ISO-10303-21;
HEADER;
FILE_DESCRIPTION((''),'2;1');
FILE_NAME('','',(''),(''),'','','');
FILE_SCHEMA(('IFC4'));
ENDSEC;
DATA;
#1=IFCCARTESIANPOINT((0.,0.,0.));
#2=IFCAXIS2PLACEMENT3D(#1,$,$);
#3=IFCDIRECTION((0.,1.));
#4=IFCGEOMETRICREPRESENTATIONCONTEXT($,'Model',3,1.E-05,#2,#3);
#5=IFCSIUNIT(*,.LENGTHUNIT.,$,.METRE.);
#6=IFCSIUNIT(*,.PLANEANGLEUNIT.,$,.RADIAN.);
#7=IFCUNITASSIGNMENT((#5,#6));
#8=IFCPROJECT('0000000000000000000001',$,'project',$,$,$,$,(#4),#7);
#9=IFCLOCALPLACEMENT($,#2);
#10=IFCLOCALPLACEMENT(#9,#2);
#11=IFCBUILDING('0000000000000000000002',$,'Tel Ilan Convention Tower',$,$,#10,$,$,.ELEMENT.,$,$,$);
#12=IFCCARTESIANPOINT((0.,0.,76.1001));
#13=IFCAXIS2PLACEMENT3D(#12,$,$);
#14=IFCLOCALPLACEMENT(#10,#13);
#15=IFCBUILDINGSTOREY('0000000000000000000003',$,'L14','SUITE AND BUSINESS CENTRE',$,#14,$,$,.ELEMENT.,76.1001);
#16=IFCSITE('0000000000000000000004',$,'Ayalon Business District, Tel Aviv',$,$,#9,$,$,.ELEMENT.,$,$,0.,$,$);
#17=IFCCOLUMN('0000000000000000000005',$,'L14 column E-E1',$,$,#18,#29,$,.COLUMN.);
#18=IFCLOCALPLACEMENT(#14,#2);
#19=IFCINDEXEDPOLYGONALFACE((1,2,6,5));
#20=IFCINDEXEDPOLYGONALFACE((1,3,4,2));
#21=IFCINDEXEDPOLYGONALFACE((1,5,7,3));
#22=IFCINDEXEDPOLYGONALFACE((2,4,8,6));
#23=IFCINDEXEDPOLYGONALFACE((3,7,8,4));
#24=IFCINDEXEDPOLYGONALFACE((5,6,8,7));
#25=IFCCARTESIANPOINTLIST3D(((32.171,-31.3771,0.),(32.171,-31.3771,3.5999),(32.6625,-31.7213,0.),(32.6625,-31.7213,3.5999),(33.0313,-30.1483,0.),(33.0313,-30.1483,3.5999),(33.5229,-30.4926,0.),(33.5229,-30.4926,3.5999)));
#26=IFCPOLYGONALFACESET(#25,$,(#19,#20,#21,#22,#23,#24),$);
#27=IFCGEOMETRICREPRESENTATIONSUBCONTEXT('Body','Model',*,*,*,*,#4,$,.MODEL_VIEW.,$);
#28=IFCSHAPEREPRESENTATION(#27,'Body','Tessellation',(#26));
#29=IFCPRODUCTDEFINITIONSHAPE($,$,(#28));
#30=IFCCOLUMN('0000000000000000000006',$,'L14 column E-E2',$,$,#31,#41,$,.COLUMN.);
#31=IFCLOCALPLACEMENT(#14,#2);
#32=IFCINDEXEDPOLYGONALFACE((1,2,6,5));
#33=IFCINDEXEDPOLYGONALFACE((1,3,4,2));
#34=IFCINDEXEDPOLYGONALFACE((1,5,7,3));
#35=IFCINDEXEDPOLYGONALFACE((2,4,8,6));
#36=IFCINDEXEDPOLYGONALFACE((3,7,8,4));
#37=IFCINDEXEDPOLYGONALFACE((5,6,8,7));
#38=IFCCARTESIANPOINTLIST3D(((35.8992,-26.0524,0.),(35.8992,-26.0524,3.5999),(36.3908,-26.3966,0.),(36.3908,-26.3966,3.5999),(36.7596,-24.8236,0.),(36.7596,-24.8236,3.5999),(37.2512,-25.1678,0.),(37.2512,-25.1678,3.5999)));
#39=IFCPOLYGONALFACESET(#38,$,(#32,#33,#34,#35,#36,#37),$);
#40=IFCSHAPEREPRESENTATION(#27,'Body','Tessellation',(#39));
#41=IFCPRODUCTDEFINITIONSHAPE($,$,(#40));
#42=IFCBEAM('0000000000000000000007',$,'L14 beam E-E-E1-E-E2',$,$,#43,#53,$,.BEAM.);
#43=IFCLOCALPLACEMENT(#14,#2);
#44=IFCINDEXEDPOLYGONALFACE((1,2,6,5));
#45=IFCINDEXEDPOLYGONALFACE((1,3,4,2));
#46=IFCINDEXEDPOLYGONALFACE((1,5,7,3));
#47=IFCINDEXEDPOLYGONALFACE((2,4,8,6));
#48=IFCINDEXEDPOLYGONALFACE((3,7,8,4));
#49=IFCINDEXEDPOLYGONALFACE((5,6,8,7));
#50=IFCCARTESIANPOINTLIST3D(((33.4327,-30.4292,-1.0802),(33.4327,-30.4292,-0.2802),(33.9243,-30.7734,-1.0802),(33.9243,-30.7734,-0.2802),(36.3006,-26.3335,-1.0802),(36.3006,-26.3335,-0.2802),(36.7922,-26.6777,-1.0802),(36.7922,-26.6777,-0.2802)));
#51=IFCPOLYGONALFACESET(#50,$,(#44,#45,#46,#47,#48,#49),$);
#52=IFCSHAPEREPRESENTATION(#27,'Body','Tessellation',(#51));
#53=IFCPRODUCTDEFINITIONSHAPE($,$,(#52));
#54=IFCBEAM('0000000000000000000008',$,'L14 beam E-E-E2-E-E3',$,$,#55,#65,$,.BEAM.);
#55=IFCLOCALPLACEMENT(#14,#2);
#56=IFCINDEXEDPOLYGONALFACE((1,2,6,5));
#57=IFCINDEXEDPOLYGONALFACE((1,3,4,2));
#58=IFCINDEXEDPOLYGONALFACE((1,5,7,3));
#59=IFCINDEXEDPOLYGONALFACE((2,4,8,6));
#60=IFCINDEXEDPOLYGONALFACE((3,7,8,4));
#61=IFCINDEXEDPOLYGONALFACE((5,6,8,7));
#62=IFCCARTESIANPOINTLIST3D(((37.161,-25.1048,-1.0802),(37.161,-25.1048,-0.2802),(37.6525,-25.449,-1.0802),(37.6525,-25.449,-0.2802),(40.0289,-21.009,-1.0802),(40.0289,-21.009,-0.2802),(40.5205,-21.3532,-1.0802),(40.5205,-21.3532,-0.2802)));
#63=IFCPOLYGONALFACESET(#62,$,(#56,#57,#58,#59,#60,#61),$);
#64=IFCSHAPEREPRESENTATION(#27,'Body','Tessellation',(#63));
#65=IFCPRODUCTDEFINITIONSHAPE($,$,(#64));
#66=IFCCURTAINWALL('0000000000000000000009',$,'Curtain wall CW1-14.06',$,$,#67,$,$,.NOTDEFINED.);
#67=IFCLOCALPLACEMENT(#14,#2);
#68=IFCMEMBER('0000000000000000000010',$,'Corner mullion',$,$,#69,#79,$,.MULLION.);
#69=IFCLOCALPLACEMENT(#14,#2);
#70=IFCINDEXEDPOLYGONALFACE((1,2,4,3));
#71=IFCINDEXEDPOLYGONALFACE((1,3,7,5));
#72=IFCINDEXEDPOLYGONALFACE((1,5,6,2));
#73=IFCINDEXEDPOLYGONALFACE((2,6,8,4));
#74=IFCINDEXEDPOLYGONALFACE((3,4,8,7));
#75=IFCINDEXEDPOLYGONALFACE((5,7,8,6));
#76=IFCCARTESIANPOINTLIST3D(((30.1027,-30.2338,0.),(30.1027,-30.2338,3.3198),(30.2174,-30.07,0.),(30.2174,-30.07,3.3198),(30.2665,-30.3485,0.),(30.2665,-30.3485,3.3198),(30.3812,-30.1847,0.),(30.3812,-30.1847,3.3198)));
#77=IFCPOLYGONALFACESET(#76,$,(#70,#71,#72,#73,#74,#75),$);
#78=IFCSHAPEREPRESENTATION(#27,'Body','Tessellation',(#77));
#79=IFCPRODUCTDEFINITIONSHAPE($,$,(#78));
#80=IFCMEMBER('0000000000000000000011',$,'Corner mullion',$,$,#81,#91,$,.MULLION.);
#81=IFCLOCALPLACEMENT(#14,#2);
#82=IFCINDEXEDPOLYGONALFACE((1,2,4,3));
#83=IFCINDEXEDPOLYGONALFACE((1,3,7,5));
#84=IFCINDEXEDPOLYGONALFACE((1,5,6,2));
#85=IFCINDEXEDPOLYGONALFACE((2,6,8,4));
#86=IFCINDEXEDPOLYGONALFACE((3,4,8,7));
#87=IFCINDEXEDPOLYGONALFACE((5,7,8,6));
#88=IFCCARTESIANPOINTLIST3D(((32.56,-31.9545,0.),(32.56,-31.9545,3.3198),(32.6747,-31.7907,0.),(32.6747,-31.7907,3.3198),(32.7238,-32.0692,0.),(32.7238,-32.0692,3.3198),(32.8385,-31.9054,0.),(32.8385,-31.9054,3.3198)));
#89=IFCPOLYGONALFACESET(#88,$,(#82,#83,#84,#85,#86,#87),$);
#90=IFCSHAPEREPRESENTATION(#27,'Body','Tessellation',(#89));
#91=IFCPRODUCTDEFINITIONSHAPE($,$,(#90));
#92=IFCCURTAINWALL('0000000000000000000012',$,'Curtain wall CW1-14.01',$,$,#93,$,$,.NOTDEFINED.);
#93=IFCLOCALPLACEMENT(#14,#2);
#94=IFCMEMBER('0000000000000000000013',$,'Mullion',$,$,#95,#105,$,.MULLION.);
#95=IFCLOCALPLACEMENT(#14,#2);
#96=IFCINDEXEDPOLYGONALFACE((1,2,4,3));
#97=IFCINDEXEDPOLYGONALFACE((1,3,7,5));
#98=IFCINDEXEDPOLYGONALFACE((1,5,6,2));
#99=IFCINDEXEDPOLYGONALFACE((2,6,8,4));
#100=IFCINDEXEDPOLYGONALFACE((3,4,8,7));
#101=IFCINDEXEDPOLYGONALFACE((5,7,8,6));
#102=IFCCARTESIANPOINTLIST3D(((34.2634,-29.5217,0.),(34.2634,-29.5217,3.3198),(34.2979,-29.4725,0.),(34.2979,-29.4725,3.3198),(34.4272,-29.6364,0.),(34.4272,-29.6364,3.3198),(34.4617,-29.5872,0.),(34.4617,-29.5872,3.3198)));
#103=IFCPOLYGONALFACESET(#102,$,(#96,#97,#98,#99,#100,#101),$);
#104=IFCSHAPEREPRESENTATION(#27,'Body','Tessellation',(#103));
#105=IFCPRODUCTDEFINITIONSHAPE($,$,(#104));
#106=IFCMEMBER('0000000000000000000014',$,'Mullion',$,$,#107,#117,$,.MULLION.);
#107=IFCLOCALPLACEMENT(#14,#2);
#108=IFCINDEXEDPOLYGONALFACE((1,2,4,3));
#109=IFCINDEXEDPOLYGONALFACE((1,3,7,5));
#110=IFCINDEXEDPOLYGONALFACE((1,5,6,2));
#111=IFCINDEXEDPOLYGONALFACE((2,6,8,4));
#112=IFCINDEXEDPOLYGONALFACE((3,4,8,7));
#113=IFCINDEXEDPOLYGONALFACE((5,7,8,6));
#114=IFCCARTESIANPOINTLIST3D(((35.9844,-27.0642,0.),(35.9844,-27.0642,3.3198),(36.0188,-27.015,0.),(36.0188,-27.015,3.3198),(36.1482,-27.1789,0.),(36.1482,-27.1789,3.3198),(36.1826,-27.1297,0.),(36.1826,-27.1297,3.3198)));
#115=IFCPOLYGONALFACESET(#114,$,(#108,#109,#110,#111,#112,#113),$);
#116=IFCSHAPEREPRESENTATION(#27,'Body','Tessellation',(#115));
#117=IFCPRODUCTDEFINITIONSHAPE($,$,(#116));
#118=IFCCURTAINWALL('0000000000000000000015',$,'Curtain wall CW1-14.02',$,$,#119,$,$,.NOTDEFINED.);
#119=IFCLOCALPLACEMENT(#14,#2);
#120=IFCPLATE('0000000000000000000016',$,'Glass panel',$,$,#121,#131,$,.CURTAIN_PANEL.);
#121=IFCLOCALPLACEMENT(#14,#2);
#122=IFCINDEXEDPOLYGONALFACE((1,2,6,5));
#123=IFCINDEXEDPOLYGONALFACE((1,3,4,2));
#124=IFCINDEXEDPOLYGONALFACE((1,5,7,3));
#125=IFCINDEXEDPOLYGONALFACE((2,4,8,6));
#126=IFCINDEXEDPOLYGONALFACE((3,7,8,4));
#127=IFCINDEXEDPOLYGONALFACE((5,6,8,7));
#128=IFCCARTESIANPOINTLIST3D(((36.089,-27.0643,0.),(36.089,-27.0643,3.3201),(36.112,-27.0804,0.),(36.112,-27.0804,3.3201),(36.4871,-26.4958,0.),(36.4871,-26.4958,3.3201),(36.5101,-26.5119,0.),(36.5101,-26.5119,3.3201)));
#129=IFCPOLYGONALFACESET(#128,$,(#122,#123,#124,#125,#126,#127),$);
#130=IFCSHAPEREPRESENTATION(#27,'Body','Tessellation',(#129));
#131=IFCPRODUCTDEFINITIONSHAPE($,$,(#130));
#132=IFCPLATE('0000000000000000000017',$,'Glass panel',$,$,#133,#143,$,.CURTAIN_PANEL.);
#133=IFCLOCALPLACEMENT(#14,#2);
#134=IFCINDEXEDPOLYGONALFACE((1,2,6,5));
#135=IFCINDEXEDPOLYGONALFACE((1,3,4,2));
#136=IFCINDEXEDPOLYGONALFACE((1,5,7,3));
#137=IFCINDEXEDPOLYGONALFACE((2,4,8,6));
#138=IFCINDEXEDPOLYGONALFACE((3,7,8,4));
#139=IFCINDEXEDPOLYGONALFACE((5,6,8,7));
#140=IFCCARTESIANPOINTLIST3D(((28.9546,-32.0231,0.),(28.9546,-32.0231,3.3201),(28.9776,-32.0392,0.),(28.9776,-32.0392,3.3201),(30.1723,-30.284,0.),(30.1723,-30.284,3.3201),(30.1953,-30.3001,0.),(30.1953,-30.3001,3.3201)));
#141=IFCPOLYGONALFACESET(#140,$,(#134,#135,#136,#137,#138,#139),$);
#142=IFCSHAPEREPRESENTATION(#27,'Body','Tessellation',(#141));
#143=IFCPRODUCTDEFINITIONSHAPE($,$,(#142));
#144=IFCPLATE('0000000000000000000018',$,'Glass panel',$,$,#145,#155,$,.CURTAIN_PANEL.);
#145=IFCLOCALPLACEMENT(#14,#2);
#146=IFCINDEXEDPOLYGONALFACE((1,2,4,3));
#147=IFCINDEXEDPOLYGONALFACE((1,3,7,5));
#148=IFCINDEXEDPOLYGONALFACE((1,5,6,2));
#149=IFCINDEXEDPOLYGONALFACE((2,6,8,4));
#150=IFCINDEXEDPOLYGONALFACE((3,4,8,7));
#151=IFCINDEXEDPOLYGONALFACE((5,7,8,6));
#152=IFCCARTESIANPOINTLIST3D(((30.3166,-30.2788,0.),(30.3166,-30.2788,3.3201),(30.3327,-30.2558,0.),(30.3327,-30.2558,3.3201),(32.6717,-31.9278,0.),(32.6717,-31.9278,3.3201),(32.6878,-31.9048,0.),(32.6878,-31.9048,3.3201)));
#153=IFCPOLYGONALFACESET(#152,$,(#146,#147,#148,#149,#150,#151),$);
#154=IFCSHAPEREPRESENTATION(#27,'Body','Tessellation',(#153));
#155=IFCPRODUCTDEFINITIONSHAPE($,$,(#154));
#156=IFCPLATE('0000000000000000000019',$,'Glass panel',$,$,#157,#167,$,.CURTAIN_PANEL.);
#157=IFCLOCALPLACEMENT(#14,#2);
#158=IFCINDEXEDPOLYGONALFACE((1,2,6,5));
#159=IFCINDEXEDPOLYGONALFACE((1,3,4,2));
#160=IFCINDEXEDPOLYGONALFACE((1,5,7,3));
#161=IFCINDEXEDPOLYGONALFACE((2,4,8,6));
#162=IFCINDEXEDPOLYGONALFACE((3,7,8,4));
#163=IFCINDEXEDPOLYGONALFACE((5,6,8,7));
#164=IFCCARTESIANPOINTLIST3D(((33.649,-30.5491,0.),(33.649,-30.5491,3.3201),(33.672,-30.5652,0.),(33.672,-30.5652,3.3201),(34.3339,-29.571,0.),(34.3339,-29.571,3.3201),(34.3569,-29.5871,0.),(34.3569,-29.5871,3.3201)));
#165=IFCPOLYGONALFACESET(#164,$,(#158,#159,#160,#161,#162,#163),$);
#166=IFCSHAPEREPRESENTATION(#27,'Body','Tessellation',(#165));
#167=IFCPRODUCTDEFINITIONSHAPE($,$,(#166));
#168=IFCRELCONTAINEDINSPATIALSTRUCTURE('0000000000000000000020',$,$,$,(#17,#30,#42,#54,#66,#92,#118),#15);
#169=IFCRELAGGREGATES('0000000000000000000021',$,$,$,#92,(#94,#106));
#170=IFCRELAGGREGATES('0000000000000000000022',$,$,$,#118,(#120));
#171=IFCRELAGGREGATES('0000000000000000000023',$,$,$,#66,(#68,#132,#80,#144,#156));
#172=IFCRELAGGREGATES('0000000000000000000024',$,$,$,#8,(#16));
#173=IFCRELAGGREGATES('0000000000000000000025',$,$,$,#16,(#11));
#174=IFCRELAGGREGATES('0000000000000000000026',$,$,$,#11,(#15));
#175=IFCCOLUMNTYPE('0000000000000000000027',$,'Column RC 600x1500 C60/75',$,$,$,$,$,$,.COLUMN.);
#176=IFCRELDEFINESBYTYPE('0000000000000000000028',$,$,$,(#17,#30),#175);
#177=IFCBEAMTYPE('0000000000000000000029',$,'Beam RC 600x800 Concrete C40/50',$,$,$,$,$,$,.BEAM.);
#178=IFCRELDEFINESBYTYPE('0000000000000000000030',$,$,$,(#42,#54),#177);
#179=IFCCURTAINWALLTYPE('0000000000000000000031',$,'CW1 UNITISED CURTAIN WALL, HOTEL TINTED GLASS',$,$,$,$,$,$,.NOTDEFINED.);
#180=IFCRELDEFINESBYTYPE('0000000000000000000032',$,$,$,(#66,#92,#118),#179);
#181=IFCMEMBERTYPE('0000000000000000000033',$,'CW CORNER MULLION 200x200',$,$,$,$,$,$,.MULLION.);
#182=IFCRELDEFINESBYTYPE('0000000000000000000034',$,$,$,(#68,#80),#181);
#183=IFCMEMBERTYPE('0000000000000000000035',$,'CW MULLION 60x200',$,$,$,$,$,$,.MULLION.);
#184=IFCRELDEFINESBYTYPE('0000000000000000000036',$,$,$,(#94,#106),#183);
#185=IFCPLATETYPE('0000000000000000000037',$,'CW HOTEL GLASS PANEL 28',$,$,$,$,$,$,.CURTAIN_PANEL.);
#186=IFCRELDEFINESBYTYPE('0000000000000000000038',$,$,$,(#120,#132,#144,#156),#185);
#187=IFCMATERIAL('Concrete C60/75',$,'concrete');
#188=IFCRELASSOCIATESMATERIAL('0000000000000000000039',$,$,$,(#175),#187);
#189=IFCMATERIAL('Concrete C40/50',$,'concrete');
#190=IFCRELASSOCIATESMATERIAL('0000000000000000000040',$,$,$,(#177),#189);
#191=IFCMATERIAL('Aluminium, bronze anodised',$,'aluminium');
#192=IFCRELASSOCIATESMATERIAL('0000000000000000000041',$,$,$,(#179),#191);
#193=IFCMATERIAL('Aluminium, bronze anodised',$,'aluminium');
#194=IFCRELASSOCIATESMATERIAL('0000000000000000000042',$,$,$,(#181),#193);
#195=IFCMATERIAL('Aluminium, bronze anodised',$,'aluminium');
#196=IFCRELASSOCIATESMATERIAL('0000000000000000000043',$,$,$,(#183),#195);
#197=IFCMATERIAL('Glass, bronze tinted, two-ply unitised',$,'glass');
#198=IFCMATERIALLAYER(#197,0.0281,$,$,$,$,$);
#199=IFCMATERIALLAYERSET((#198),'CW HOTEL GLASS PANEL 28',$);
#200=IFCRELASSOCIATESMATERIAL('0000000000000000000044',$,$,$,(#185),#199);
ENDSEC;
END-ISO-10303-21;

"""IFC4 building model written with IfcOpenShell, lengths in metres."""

from ifc_helpers import new_model, si_unit, direction, frame, origin, origin_2d, place, context, subcontext, project, spatial, rectangle, extrude, material, layer, layer_set, material_profile, profile_set, type_object, element, aggregate, save


model = new_model("IFC4")

# Units and contexts
model_context = context("Model", 3, precision=1e-05, world=origin(), true_north=direction((0.0, 1.0)))
body_context = subcontext(model_context, "Body", "Model", "MODEL_VIEW")
ifc_project = project(units=[si_unit("LENGTHUNIT", "METRE"), si_unit("PLANEANGLEUNIT", "RADIAN")], contexts=[model_context])

# Site, building, storey
site_placement = place(None, origin())
site = spatial("IfcSite", under=ifc_project, at=site_placement, Name="Ayalon Business District, Tel Aviv", CompositionType="ELEMENT", RefElevation=0.0)
building_placement = place(site_placement, origin())
building = spatial("IfcBuilding", under=site, at=building_placement, Name="Tel Ilan Convention Tower", CompositionType="ELEMENT")
storey_placement = place(building_placement, frame((0.0, 0.0, 76.1001)))
storey = spatial("IfcBuildingStorey", under=building, at=storey_placement, Name="L14", Description="SUITE AND BUSINESS CENTRE", CompositionType="ELEMENT", Elevation=76.1001)

# Columns
ifc_material_1 = material(Name="Concrete C60/75", Category="concrete")
ifc_material_profile_1 = material_profile(ifc_material_1, rectangle(XDim=1.5, YDim=0.6001, at=origin_2d()), Name="RC 600x1500")
ifc_profile_set_1 = profile_set([ifc_material_profile_1], Name="Concrete C60/75")
column_type = type_object("IfcColumnType", Name="Column RC 600x1500 C60/75", PredefinedType="COLUMN", material=ifc_profile_set_1)
for number, where, z_axis, x_axis, name in (
    (1, (32.8469, -30.9348, 0.0), (0.0, 0.0, 1.0), (0.573576, 0.819152, 0.0), "L14 column E-E1"),
    (2, (36.5752, -25.6101, 0.0), (0.0, 0.0, 1.0), (0.573576, 0.819152, 0.0), "L14 column E-E2"),
):
    element("IfcColumn", number, at=place(storey_placement, frame(where, z_axis=z_axis, x_axis=x_axis)), inside=storey, type_object=column_type, Name=name, PredefinedType="COLUMN", context=body_context, shape_type="SweptSolid", body=[
        extrude(rectangle(XDim=1.5, YDim=0.6001, at=origin_2d()), origin(), (0.0, 0.0, 1.0), 3.5999),
    ])

# Beams
ifc_material_2 = material(Name="Concrete C40/50", Category="concrete")
ifc_material_profile_2 = material_profile(ifc_material_2, rectangle(XDim=0.6001, YDim=0.8, at=origin_2d()), Name="RC 600x800")
ifc_profile_set_2 = profile_set([ifc_material_profile_2], Name="Concrete C40/50")
beam_type = type_object("IfcBeamType", Name="Beam RC 600x800 Concrete C40/50", PredefinedType="BEAM", material=ifc_profile_set_2)
for number, where, z_axis, x_axis, name in (
    (3, (33.6785, -30.6013, -0.6802), (0.573587, 0.819145, 0.0), (-0.819145, 0.573587, 0.0), "L14 beam E-E-E1-E-E2"),
    (4, (37.4067, -25.2769, -0.6802), (0.573587, 0.819145, 0.0), (-0.819145, 0.573587, 0.0), "L14 beam E-E-E2-E-E3"),
):
    element("IfcBeam", number, at=place(storey_placement, frame(where, z_axis=z_axis, x_axis=x_axis)), inside=storey, type_object=beam_type, Name=name, PredefinedType="BEAM", context=body_context, shape_type="SweptSolid", body=[
        extrude(rectangle(XDim=0.6001, YDim=0.8, at=origin_2d()), origin(), (0.0, 0.0, 1.0), 5.0),
    ])

# Curtain walls, members
ifc_material_3 = material(Name="Aluminium, bronze anodised", Category="aluminium")
curtain_wall_type = type_object("IfcCurtainWallType", Name="CW1 UNITISED CURTAIN WALL, HOTEL TINTED GLASS", PredefinedType="NOTDEFINED", material=ifc_material_3)
curtain_wall_1_placement = place(storey_placement, origin())
curtain_wall_1 = element("IfcCurtainWall", 5, at=curtain_wall_1_placement, inside=storey, type_object=curtain_wall_type, Name="Curtain wall CW1-14.06", PredefinedType="NOTDEFINED")
ifc_material_4 = material(Name="Aluminium, bronze anodised", Category="aluminium")
ifc_material_profile_3 = material_profile(ifc_material_4, rectangle(XDim=0.2, YDim=0.2, at=origin_2d()), Name="CW CORNER MULLION 200x200")
ifc_profile_set_3 = profile_set([ifc_material_profile_3], Name="Aluminium, bronze anodised")
member_type_1 = type_object("IfcMemberType", Name="CW CORNER MULLION 200x200", PredefinedType="MULLION", material=ifc_profile_set_3)
member_1_placement = place(storey_placement, frame((30.2419, -30.2092, 0.0), z_axis=(0.0, 0.0, 1.0), x_axis=(0.573576, 0.819152, 0.0)))
member_1 = element("IfcMember", 6, at=member_1_placement, type_object=member_type_1, Name="Corner mullion", PredefinedType="MULLION", context=body_context, shape_type="SweptSolid", body=[
    extrude(rectangle(XDim=0.2, YDim=0.2, at=origin_2d()), origin(), (0.0, 0.0, 1.0), 3.3198),
])
member_2_placement = place(storey_placement, frame((32.6992, -31.9299, 0.0), z_axis=(0.0, 0.0, 1.0), x_axis=(0.819152, -0.573576, 0.0)))
member_2 = element("IfcMember", 7, at=member_2_placement, type_object=member_type_1, Name="Corner mullion", PredefinedType="MULLION", context=body_context, shape_type="SweptSolid", body=[
    extrude(rectangle(XDim=0.2, YDim=0.2, at=origin_2d()), origin(), (0.0, 0.0, 1.0), 3.3198),
])
curtain_wall_2_placement = place(storey_placement, origin())
curtain_wall_2 = element("IfcCurtainWall", 8, at=curtain_wall_2_placement, inside=storey, type_object=curtain_wall_type, Name="Curtain wall CW1-14.01", PredefinedType="NOTDEFINED")
ifc_material_5 = material(Name="Aluminium, bronze anodised", Category="aluminium")
ifc_material_profile_4 = material_profile(ifc_material_5, rectangle(XDim=0.0601, YDim=0.2, at=origin_2d()), Name="CW MULLION 60x200")
ifc_profile_set_4 = profile_set([ifc_material_profile_4], Name="Aluminium, bronze anodised")
member_type_2 = type_object("IfcMemberType", Name="CW MULLION 60x200", PredefinedType="MULLION", material=ifc_profile_set_4)
member_3_placement = place(storey_placement, frame((34.3625, -29.5544, 0.0), z_axis=(0.0, 0.0, 1.0), x_axis=(0.573576, 0.819152, 0.0)))
member_3 = element("IfcMember", 9, at=member_3_placement, type_object=member_type_2, Name="Mullion", PredefinedType="MULLION", context=body_context, shape_type="SweptSolid", body=[
    extrude(rectangle(XDim=0.0601, YDim=0.2, at=origin_2d()), origin(), (0.0, 0.0, 1.0), 3.3198),
])
member_4_placement = place(storey_placement, frame((36.0835, -27.0969, 0.0), z_axis=(0.0, 0.0, 1.0), x_axis=(0.573576, 0.819152, 0.0)))
member_4 = element("IfcMember", 10, at=member_4_placement, type_object=member_type_2, Name="Mullion", PredefinedType="MULLION", context=body_context, shape_type="SweptSolid", body=[
    extrude(rectangle(XDim=0.0601, YDim=0.2, at=origin_2d()), origin(), (0.0, 0.0, 1.0), 3.3198),
])
aggregate(curtain_wall_2, [member_3, member_4])

# Curtain wall, plate
curtain_wall_3_placement = place(storey_placement, origin())
curtain_wall_3 = element("IfcCurtainWall", 11, at=curtain_wall_3_placement, inside=storey, type_object=curtain_wall_type, Name="Curtain wall CW1-14.02", PredefinedType="NOTDEFINED")
ifc_material_6 = material(Name="Glass, bronze tinted, two-ply unitised", Category="glass")
ifc_layer_1 = layer(ifc_material_6, 0.0281)
ifc_layer_set_1 = layer_set([ifc_layer_1], Name="CW HOTEL GLASS PANEL 28")
plate_type = type_object("IfcPlateType", Name="CW HOTEL GLASS PANEL 28", PredefinedType="CURTAIN_PANEL", material=ifc_layer_set_1)
plate_1_placement = place(storey_placement, frame((36.2996, -26.7881, 0.0), z_axis=(0.0, 0.0, 1.0), x_axis=(0.573576, 0.819152, 0.0)))
plate_1 = element("IfcPlate", 12, at=plate_1_placement, type_object=plate_type, Name="Glass panel", PredefinedType="CURTAIN_PANEL", context=body_context, shape_type="SweptSolid", body=[
    extrude(rectangle(XDim=0.6941, YDim=0.0281, at=origin_2d()), origin(), (0.0, 0.0, 1.0), 3.3201),
])
aggregate(curtain_wall_3, [plate_1])

# Plates
plate_2_placement = place(storey_placement, frame((29.575, -31.1616, 0.0), z_axis=(0.0, 0.0, 1.0), x_axis=(0.573576, 0.819152, 0.0)))
plate_2 = element("IfcPlate", 13, at=plate_2_placement, type_object=plate_type, Name="Glass panel", PredefinedType="CURTAIN_PANEL", context=body_context, shape_type="SweptSolid", body=[
    extrude(rectangle(XDim=2.123, YDim=0.0281, at=origin_2d()), origin(), (0.0, 0.0, 1.0), 3.3201),
])
plate_3_placement = place(storey_placement, frame((31.5022, -31.0918, 0.0), z_axis=(0.0, 0.0, 1.0), x_axis=(0.819152, -0.573576, 0.0)))
plate_3 = element("IfcPlate", 14, at=plate_3_placement, type_object=plate_type, Name="Glass panel", PredefinedType="CURTAIN_PANEL", context=body_context, shape_type="SweptSolid", body=[
    extrude(rectangle(XDim=2.875, YDim=0.0281, at=origin_2d()), origin(), (0.0, 0.0, 1.0), 3.3201),
])
plate_4_placement = place(storey_placement, frame((34.0029, -30.0681, 0.0), z_axis=(0.0, 0.0, 1.0), x_axis=(0.573576, 0.819152, 0.0)))
plate_4 = element("IfcPlate", 15, at=plate_4_placement, type_object=plate_type, Name="Glass panel", PredefinedType="CURTAIN_PANEL", context=body_context, shape_type="SweptSolid", body=[
    extrude(rectangle(XDim=1.1941, YDim=0.0281, at=origin_2d()), origin(), (0.0, 0.0, 1.0), 3.3201),
])
aggregate(curtain_wall_1, [member_1, plate_2, member_2, plate_3, plate_4])

save(model, "model.ifc")
